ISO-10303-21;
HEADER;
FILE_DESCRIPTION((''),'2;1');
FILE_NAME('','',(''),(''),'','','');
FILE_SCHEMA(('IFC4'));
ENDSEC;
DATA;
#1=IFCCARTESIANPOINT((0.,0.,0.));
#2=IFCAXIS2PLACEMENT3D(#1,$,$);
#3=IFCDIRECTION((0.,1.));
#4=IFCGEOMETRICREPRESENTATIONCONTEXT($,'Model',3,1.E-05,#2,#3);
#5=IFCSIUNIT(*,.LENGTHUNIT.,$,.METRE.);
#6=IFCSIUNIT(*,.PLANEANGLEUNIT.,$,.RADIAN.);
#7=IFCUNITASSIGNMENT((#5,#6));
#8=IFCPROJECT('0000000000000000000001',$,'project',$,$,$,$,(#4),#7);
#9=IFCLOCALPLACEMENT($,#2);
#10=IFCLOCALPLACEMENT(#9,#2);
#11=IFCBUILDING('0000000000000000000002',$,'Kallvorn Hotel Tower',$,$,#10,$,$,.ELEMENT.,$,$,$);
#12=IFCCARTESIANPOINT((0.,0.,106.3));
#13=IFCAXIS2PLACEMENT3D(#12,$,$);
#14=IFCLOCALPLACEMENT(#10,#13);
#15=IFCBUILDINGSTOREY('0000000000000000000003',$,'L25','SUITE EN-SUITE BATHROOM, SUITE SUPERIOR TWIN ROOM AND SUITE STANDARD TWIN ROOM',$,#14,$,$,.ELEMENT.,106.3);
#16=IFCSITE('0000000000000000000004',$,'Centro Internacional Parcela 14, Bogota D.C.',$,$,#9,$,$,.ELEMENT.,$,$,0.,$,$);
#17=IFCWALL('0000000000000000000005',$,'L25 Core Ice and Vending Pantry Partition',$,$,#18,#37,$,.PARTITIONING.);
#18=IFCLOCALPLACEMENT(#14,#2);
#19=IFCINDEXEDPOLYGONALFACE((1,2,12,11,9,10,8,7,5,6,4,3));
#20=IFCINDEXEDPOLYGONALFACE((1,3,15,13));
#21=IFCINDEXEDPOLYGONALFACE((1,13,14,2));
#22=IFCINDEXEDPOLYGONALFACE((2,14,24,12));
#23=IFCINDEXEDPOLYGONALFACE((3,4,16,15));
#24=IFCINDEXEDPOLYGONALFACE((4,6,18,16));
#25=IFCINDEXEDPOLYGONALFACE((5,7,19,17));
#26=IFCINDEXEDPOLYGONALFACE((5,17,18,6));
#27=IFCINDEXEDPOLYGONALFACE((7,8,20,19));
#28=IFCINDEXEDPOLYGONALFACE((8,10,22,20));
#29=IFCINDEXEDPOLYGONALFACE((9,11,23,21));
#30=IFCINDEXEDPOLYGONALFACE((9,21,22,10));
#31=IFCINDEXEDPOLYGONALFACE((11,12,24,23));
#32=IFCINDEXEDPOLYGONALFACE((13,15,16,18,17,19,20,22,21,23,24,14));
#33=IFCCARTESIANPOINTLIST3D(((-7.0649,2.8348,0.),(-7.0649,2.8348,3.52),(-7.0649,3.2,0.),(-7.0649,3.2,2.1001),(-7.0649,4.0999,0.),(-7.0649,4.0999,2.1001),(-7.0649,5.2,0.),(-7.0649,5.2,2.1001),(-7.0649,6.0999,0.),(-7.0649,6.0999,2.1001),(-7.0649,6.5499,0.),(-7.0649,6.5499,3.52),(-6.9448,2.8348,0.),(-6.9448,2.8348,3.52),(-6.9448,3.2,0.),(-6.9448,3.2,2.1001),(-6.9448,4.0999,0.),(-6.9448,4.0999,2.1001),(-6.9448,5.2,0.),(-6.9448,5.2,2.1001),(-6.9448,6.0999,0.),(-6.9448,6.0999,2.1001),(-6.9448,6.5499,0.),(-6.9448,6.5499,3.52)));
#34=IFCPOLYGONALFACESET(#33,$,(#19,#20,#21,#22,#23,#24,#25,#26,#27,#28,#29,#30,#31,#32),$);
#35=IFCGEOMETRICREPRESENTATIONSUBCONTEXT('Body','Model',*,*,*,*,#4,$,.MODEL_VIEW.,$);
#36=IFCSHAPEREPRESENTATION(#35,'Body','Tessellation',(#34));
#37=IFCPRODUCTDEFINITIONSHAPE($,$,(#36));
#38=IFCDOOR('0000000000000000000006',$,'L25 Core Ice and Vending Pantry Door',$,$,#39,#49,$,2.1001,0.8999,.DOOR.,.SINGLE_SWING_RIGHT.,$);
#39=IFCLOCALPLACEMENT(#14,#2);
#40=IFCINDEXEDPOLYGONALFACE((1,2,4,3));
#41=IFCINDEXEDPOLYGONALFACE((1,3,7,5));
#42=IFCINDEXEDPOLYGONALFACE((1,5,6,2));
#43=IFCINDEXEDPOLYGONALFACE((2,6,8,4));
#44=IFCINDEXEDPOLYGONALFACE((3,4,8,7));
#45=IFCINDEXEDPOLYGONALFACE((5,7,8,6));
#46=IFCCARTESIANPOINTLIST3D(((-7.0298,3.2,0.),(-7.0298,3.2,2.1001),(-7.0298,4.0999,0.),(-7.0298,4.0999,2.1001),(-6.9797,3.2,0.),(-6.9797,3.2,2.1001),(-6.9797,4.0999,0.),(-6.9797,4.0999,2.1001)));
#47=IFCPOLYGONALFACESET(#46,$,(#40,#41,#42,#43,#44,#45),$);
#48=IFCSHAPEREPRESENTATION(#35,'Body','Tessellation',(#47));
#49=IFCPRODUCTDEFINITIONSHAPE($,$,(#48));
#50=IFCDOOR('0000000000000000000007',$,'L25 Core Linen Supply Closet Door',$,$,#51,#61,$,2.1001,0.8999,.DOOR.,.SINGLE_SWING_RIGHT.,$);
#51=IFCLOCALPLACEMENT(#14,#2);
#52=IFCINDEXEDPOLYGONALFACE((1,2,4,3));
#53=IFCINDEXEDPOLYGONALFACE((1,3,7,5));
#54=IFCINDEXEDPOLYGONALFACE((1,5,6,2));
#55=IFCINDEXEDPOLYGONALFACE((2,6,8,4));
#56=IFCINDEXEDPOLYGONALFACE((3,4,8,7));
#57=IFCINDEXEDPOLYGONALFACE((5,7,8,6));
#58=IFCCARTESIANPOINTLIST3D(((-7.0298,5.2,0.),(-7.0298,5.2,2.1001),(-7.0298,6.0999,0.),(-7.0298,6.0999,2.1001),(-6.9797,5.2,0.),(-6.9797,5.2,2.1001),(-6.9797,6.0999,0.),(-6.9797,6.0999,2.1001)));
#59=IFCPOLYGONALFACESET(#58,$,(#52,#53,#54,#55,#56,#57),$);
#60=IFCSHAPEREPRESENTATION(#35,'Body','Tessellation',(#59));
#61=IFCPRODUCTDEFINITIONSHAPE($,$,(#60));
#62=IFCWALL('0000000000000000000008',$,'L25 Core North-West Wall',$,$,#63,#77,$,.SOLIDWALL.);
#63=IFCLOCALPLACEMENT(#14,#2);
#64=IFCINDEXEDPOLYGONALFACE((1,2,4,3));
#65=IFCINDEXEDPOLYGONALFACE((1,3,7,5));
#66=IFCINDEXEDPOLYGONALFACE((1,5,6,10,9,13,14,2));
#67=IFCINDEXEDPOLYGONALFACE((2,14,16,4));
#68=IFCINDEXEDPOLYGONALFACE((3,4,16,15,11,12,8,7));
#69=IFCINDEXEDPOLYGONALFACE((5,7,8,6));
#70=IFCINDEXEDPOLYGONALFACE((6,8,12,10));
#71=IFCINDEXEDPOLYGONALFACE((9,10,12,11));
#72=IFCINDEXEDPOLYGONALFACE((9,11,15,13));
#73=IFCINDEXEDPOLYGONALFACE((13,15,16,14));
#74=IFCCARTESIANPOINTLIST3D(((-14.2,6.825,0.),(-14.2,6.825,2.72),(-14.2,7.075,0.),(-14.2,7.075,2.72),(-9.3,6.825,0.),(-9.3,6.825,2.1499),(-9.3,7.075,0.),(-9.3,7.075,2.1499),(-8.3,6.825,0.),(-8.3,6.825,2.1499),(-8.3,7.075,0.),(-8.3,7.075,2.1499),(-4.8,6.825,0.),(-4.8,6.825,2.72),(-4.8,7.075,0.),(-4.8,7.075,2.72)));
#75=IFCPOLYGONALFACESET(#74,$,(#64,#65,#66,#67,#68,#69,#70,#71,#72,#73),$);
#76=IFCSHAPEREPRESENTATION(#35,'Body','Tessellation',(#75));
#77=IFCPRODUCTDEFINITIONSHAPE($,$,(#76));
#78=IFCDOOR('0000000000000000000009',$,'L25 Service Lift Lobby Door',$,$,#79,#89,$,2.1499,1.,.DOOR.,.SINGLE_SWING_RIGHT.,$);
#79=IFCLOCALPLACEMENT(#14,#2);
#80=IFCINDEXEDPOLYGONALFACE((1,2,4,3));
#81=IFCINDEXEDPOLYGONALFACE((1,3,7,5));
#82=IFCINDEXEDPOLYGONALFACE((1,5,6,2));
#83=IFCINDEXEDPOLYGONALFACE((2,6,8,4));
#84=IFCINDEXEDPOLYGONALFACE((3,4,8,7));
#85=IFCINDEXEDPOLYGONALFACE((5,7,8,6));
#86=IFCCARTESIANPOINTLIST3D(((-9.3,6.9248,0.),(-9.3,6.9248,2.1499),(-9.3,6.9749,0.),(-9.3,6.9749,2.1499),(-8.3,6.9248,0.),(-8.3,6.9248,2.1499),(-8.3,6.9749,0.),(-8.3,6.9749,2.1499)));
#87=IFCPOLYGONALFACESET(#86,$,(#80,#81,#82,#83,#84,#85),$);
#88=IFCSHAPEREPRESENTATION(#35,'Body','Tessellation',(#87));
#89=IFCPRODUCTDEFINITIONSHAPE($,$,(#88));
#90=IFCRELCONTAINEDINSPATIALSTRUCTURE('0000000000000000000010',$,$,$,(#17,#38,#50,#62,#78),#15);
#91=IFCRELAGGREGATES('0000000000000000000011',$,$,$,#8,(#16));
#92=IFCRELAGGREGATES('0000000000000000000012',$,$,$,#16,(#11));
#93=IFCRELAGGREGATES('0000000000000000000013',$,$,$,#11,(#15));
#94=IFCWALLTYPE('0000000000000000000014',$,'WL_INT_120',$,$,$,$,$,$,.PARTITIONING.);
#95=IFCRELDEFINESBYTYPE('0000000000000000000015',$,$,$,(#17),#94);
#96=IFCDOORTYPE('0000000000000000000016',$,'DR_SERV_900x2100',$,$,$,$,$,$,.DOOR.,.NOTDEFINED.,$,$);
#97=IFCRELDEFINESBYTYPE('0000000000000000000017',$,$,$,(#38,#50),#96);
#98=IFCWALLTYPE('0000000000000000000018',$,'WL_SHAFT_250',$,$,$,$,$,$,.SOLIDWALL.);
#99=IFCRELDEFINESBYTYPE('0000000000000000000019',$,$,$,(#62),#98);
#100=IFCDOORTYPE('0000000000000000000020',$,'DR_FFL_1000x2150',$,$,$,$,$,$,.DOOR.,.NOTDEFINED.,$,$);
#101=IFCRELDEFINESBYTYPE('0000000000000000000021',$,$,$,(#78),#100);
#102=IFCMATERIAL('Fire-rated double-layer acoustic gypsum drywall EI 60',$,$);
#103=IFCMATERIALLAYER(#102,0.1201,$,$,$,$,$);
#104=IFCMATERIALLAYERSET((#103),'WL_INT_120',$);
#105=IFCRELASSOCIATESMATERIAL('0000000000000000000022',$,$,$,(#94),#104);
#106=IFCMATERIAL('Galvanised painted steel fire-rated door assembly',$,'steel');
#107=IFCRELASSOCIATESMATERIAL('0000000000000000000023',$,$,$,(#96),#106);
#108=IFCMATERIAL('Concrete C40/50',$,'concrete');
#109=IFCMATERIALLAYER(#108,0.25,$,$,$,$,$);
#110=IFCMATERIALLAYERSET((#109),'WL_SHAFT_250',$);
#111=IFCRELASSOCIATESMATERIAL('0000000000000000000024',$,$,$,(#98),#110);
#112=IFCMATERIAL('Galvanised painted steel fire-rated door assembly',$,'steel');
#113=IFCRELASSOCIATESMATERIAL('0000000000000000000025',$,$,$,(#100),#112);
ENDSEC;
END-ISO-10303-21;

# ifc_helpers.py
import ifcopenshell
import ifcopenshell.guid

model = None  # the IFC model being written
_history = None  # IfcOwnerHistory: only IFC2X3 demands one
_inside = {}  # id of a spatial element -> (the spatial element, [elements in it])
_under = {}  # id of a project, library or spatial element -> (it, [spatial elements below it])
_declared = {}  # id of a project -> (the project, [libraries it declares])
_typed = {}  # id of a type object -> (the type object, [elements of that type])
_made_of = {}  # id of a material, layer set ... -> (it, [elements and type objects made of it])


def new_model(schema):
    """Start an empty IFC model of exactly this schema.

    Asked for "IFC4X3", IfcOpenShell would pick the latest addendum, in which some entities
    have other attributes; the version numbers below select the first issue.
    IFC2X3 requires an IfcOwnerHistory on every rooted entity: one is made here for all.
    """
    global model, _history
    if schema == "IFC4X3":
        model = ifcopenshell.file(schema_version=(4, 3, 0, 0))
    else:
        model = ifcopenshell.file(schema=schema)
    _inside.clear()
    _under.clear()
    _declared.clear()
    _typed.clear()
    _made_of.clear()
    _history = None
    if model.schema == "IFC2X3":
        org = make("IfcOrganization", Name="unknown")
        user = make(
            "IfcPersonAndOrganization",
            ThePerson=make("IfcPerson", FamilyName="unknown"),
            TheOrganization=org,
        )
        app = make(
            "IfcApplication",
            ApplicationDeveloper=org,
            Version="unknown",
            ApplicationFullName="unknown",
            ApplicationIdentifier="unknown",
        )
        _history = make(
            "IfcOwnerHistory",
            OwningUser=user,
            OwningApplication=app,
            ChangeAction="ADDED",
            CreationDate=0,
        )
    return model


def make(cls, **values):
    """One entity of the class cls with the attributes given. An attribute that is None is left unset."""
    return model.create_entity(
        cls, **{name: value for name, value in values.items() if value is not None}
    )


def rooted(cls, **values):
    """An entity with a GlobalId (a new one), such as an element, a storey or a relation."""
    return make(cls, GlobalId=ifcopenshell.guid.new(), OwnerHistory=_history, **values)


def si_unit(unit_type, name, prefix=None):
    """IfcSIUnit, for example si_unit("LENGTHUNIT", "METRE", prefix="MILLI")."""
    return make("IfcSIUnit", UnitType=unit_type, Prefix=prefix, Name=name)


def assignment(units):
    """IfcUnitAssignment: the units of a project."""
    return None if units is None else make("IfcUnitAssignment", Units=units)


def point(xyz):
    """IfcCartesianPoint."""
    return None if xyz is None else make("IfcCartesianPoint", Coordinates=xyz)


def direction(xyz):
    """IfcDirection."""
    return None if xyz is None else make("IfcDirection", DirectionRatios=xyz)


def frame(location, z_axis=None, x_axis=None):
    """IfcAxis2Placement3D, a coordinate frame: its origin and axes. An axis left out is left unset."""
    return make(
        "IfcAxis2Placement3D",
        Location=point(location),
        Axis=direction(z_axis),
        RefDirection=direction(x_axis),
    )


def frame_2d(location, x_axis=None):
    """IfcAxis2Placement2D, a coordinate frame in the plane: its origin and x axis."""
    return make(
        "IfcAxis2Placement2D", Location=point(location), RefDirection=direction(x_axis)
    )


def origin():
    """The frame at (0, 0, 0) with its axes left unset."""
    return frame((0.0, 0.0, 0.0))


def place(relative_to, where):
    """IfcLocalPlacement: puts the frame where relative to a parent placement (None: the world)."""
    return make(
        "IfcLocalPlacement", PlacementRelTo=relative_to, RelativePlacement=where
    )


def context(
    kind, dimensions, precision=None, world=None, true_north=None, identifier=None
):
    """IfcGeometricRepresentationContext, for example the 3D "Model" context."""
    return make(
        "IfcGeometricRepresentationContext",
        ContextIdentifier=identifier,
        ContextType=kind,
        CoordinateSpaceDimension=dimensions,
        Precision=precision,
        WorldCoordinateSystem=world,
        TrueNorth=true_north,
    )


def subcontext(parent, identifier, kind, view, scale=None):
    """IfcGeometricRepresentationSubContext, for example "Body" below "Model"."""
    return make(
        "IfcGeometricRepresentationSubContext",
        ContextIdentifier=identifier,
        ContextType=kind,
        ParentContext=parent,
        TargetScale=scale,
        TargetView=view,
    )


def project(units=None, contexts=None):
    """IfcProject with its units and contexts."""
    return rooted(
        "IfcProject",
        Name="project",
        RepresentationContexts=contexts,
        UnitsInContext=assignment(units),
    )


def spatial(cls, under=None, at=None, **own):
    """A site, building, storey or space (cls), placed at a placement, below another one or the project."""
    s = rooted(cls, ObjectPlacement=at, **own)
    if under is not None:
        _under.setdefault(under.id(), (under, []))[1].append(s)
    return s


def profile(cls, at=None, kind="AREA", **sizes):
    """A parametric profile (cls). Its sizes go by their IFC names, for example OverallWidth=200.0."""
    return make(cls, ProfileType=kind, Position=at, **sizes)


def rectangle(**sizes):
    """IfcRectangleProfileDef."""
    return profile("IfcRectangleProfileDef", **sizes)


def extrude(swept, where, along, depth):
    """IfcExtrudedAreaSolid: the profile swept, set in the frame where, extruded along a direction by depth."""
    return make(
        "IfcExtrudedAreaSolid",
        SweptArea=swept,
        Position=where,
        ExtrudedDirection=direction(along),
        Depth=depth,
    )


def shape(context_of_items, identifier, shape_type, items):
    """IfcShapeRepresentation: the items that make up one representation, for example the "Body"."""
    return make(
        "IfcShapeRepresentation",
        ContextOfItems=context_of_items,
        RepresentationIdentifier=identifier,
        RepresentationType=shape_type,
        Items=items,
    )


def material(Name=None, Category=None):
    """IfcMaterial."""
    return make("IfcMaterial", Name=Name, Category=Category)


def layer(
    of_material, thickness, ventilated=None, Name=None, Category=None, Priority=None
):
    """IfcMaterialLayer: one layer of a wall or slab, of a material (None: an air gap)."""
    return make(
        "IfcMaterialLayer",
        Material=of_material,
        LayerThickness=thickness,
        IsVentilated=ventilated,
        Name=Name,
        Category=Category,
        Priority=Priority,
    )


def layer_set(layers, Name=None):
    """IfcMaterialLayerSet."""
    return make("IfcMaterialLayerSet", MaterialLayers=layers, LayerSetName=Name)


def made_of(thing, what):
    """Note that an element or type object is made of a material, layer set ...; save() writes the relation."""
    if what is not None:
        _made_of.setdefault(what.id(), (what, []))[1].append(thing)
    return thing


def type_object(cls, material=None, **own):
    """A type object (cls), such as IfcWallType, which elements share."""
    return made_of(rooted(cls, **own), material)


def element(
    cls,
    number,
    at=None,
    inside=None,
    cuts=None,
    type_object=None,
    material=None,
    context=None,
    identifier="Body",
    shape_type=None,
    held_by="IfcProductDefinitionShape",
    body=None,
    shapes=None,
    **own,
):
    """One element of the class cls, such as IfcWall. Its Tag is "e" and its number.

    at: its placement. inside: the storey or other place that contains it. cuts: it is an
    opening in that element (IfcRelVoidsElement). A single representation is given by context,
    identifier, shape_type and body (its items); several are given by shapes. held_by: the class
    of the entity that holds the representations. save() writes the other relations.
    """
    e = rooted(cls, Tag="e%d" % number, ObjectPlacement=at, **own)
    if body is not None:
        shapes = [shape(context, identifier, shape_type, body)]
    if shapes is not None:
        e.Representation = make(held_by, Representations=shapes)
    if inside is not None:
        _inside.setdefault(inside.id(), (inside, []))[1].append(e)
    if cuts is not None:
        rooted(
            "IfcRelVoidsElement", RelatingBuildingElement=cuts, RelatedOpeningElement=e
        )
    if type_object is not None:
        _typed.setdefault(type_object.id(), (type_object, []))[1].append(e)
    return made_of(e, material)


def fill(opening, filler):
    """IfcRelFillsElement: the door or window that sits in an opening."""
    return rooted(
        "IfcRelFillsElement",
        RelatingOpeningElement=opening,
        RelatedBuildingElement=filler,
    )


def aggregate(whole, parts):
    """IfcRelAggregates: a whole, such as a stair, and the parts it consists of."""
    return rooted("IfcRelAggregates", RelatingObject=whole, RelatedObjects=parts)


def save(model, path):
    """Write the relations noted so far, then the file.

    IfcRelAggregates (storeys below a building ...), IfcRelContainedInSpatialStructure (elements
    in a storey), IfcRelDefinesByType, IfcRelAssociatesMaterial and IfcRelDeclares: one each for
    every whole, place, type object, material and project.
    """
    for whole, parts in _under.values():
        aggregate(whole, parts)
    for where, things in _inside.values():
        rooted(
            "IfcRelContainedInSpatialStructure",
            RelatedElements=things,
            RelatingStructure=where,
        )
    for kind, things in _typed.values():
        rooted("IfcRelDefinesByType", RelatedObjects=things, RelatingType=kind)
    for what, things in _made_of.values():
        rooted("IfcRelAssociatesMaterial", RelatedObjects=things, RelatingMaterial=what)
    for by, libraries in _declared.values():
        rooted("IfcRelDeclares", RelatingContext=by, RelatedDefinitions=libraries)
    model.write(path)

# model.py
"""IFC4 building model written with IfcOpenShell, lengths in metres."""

from ifc_helpers import new_model, si_unit, direction, frame, frame_2d, origin, place, context, subcontext, project, spatial, rectangle, extrude, material, layer, layer_set, type_object, element, fill, save


model = new_model("IFC4")

# Units and contexts
model_context = context("Model", 3, precision=1e-05, world=origin(), true_north=direction((0.0, 1.0)))
body_context = subcontext(model_context, "Body", "Model", "MODEL_VIEW")
ifc_project = project(units=[si_unit("LENGTHUNIT", "METRE"), si_unit("PLANEANGLEUNIT", "RADIAN")], contexts=[model_context])

# Site, building, storey
site_placement = place(None, origin())
site = spatial("IfcSite", under=ifc_project, at=site_placement, Name="Centro Internacional Parcela 14, Bogota D.C.", CompositionType="ELEMENT", RefElevation=0.0)
building_placement = place(site_placement, origin())
building = spatial("IfcBuilding", under=site, at=building_placement, Name="Kallvorn Hotel Tower", CompositionType="ELEMENT")
storey_placement = place(building_placement, frame((0.0, 0.0, 106.3)))
storey = spatial("IfcBuildingStorey", under=building, at=storey_placement, Name="L25", Description="SUITE EN-SUITE BATHROOM, SUITE SUPERIOR TWIN ROOM AND SUITE STANDARD TWIN ROOM", CompositionType="ELEMENT", Elevation=106.3)

# Shared definitions
ifc_material_1 = material(Name="Fire-rated double-layer acoustic gypsum drywall EI 60")
ifc_layer_1 = layer(ifc_material_1, 0.1201)
ifc_layer_set_1 = layer_set([ifc_layer_1], Name="WL_INT_120")
wall_type_1 = type_object("IfcWallType", Name="WL_INT_120", PredefinedType="PARTITIONING", material=ifc_layer_set_1)

# Wall, openings, doors
wall_1_placement = place(storey_placement, frame((-7.0049, 2.835, 0.0), z_axis=(0.0, 0.0, 1.0), x_axis=(0.0, 1.0, 0.0)))
wall_1 = element("IfcWall", 1, at=wall_1_placement, inside=storey, type_object=wall_type_1, Name="L25 Core Ice and Vending Pantry Partition", PredefinedType="PARTITIONING", context=body_context, shape_type="SweptSolid", body=[
    extrude(rectangle(XDim=3.7151, YDim=0.1201, at=frame_2d((1.8574, 0.0))), origin(), (0.0, 0.0, 1.0), 3.52),
])
opening_1_placement = place(wall_1_placement, frame((0.365, 0.0, 0.0)))
opening_1 = element("IfcOpeningElement", 2, at=opening_1_placement, cuts=wall_1, PredefinedType="OPENING", context=body_context, shape_type="SweptSolid", body=[
    extrude(rectangle(XDim=0.8999, YDim=2.1001, at=frame_2d((0.45, 1.05))), frame((0.0, 0.075, 0.0), z_axis=(0.0, -1.0, 0.0), x_axis=(1.0, 0.0, 0.0)), (0.0, 0.0, 1.0), 0.1501),
])
opening_2_placement = place(wall_1_placement, frame((2.365, 0.0, 0.0)))
opening_2 = element("IfcOpeningElement", 3, at=opening_2_placement, cuts=wall_1, PredefinedType="OPENING", context=body_context, shape_type="SweptSolid", body=[
    extrude(rectangle(XDim=0.8999, YDim=2.1001, at=frame_2d((0.45, 1.05))), frame((0.0, 0.075, 0.0), z_axis=(0.0, -1.0, 0.0), x_axis=(1.0, 0.0, 0.0)), (0.0, 0.0, 1.0), 0.1501),
])
ifc_material_2 = material(Name="Galvanised painted steel fire-rated door assembly", Category="steel")
door_type_1 = type_object("IfcDoorType", Name="DR_SERV_900x2100", OperationType="NOTDEFINED", PredefinedType="DOOR", material=ifc_material_2)
door_1_placement = place(opening_1_placement, origin())
door_1 = element("IfcDoor", 4, at=door_1_placement, inside=storey, type_object=door_type_1, Name="L25 Core Ice and Vending Pantry Door", OperationType="SINGLE_SWING_RIGHT", OverallHeight=2.1001, OverallWidth=0.8999, PredefinedType="DOOR", context=body_context, shape_type="SweptSolid", body=[
    extrude(rectangle(XDim=0.8999, YDim=2.1001, at=frame_2d((0.45, 1.05))), frame((0.0, 0.0249, 0.0), z_axis=(0.0, -1.0, 0.0), x_axis=(1.0, 0.0, 0.0)), (0.0, 0.0, 1.0), 0.05),
])
fill(opening_1, door_1)
door_2_placement = place(opening_2_placement, origin())
door_2 = element("IfcDoor", 5, at=door_2_placement, inside=storey, type_object=door_type_1, Name="L25 Core Linen Supply Closet Door", OperationType="SINGLE_SWING_RIGHT", OverallHeight=2.1001, OverallWidth=0.8999, PredefinedType="DOOR", context=body_context, shape_type="SweptSolid", body=[
    extrude(rectangle(XDim=0.8999, YDim=2.1001, at=frame_2d((0.45, 1.05))), frame((0.0, 0.0249, 0.0), z_axis=(0.0, -1.0, 0.0), x_axis=(1.0, 0.0, 0.0)), (0.0, 0.0, 1.0), 0.05),
])
fill(opening_2, door_2)

# Wall, opening, door
ifc_material_3 = material(Name="Concrete C40/50", Category="concrete")
ifc_layer_2 = layer(ifc_material_3, 0.25)
ifc_layer_set_2 = layer_set([ifc_layer_2], Name="WL_SHAFT_250")
wall_type_2 = type_object("IfcWallType", Name="WL_SHAFT_250", PredefinedType="SOLIDWALL", material=ifc_layer_set_2)
wall_2_placement = place(storey_placement, frame((-14.2, 6.95, 0.0), z_axis=(0.0, 0.0, 1.0), x_axis=(1.0, 0.0, 0.0)))
wall_2 = element("IfcWall", 6, at=wall_2_placement, inside=storey, type_object=wall_type_2, Name="L25 Core North-West Wall", PredefinedType="SOLIDWALL", context=body_context, shape_type="SweptSolid", body=[
    extrude(rectangle(XDim=9.3999, YDim=0.25, at=frame_2d((4.7, 0.0))), origin(), (0.0, 0.0, 1.0), 2.72),
])
opening_3_placement = place(wall_2_placement, frame((4.8999, 0.0, 0.0)))
opening_3 = element("IfcOpeningElement", 7, at=opening_3_placement, cuts=wall_2, PredefinedType="OPENING", context=body_context, shape_type="SweptSolid", body=[
    extrude(rectangle(XDim=1.0, YDim=2.1499, at=frame_2d((0.5, 1.075))), frame((0.0, 0.1399, 0.0), z_axis=(0.0, -1.0, 0.0), x_axis=(1.0, 0.0, 0.0)), (0.0, 0.0, 1.0), 0.28),
])
ifc_material_4 = material(Name="Galvanised painted steel fire-rated door assembly", Category="steel")
door_type_2 = type_object("IfcDoorType", Name="DR_FFL_1000x2150", OperationType="NOTDEFINED", PredefinedType="DOOR", material=ifc_material_4)
door_3_placement = place(opening_3_placement, origin())
door_3 = element("IfcDoor", 8, at=door_3_placement, inside=storey, type_object=door_type_2, Name="L25 Service Lift Lobby Door", OperationType="SINGLE_SWING_RIGHT", OverallHeight=2.1499, OverallWidth=1.0, PredefinedType="DOOR", context=body_context, shape_type="SweptSolid", body=[
    extrude(rectangle(XDim=1.0, YDim=2.1499, at=frame_2d((0.5, 1.075))), frame((0.0, 0.0249, 0.0), z_axis=(0.0, -1.0, 0.0), x_axis=(1.0, 0.0, 0.0)), (0.0, 0.0, 1.0), 0.05),
])
fill(opening_3, door_3)

save(model, "model.ifc")
